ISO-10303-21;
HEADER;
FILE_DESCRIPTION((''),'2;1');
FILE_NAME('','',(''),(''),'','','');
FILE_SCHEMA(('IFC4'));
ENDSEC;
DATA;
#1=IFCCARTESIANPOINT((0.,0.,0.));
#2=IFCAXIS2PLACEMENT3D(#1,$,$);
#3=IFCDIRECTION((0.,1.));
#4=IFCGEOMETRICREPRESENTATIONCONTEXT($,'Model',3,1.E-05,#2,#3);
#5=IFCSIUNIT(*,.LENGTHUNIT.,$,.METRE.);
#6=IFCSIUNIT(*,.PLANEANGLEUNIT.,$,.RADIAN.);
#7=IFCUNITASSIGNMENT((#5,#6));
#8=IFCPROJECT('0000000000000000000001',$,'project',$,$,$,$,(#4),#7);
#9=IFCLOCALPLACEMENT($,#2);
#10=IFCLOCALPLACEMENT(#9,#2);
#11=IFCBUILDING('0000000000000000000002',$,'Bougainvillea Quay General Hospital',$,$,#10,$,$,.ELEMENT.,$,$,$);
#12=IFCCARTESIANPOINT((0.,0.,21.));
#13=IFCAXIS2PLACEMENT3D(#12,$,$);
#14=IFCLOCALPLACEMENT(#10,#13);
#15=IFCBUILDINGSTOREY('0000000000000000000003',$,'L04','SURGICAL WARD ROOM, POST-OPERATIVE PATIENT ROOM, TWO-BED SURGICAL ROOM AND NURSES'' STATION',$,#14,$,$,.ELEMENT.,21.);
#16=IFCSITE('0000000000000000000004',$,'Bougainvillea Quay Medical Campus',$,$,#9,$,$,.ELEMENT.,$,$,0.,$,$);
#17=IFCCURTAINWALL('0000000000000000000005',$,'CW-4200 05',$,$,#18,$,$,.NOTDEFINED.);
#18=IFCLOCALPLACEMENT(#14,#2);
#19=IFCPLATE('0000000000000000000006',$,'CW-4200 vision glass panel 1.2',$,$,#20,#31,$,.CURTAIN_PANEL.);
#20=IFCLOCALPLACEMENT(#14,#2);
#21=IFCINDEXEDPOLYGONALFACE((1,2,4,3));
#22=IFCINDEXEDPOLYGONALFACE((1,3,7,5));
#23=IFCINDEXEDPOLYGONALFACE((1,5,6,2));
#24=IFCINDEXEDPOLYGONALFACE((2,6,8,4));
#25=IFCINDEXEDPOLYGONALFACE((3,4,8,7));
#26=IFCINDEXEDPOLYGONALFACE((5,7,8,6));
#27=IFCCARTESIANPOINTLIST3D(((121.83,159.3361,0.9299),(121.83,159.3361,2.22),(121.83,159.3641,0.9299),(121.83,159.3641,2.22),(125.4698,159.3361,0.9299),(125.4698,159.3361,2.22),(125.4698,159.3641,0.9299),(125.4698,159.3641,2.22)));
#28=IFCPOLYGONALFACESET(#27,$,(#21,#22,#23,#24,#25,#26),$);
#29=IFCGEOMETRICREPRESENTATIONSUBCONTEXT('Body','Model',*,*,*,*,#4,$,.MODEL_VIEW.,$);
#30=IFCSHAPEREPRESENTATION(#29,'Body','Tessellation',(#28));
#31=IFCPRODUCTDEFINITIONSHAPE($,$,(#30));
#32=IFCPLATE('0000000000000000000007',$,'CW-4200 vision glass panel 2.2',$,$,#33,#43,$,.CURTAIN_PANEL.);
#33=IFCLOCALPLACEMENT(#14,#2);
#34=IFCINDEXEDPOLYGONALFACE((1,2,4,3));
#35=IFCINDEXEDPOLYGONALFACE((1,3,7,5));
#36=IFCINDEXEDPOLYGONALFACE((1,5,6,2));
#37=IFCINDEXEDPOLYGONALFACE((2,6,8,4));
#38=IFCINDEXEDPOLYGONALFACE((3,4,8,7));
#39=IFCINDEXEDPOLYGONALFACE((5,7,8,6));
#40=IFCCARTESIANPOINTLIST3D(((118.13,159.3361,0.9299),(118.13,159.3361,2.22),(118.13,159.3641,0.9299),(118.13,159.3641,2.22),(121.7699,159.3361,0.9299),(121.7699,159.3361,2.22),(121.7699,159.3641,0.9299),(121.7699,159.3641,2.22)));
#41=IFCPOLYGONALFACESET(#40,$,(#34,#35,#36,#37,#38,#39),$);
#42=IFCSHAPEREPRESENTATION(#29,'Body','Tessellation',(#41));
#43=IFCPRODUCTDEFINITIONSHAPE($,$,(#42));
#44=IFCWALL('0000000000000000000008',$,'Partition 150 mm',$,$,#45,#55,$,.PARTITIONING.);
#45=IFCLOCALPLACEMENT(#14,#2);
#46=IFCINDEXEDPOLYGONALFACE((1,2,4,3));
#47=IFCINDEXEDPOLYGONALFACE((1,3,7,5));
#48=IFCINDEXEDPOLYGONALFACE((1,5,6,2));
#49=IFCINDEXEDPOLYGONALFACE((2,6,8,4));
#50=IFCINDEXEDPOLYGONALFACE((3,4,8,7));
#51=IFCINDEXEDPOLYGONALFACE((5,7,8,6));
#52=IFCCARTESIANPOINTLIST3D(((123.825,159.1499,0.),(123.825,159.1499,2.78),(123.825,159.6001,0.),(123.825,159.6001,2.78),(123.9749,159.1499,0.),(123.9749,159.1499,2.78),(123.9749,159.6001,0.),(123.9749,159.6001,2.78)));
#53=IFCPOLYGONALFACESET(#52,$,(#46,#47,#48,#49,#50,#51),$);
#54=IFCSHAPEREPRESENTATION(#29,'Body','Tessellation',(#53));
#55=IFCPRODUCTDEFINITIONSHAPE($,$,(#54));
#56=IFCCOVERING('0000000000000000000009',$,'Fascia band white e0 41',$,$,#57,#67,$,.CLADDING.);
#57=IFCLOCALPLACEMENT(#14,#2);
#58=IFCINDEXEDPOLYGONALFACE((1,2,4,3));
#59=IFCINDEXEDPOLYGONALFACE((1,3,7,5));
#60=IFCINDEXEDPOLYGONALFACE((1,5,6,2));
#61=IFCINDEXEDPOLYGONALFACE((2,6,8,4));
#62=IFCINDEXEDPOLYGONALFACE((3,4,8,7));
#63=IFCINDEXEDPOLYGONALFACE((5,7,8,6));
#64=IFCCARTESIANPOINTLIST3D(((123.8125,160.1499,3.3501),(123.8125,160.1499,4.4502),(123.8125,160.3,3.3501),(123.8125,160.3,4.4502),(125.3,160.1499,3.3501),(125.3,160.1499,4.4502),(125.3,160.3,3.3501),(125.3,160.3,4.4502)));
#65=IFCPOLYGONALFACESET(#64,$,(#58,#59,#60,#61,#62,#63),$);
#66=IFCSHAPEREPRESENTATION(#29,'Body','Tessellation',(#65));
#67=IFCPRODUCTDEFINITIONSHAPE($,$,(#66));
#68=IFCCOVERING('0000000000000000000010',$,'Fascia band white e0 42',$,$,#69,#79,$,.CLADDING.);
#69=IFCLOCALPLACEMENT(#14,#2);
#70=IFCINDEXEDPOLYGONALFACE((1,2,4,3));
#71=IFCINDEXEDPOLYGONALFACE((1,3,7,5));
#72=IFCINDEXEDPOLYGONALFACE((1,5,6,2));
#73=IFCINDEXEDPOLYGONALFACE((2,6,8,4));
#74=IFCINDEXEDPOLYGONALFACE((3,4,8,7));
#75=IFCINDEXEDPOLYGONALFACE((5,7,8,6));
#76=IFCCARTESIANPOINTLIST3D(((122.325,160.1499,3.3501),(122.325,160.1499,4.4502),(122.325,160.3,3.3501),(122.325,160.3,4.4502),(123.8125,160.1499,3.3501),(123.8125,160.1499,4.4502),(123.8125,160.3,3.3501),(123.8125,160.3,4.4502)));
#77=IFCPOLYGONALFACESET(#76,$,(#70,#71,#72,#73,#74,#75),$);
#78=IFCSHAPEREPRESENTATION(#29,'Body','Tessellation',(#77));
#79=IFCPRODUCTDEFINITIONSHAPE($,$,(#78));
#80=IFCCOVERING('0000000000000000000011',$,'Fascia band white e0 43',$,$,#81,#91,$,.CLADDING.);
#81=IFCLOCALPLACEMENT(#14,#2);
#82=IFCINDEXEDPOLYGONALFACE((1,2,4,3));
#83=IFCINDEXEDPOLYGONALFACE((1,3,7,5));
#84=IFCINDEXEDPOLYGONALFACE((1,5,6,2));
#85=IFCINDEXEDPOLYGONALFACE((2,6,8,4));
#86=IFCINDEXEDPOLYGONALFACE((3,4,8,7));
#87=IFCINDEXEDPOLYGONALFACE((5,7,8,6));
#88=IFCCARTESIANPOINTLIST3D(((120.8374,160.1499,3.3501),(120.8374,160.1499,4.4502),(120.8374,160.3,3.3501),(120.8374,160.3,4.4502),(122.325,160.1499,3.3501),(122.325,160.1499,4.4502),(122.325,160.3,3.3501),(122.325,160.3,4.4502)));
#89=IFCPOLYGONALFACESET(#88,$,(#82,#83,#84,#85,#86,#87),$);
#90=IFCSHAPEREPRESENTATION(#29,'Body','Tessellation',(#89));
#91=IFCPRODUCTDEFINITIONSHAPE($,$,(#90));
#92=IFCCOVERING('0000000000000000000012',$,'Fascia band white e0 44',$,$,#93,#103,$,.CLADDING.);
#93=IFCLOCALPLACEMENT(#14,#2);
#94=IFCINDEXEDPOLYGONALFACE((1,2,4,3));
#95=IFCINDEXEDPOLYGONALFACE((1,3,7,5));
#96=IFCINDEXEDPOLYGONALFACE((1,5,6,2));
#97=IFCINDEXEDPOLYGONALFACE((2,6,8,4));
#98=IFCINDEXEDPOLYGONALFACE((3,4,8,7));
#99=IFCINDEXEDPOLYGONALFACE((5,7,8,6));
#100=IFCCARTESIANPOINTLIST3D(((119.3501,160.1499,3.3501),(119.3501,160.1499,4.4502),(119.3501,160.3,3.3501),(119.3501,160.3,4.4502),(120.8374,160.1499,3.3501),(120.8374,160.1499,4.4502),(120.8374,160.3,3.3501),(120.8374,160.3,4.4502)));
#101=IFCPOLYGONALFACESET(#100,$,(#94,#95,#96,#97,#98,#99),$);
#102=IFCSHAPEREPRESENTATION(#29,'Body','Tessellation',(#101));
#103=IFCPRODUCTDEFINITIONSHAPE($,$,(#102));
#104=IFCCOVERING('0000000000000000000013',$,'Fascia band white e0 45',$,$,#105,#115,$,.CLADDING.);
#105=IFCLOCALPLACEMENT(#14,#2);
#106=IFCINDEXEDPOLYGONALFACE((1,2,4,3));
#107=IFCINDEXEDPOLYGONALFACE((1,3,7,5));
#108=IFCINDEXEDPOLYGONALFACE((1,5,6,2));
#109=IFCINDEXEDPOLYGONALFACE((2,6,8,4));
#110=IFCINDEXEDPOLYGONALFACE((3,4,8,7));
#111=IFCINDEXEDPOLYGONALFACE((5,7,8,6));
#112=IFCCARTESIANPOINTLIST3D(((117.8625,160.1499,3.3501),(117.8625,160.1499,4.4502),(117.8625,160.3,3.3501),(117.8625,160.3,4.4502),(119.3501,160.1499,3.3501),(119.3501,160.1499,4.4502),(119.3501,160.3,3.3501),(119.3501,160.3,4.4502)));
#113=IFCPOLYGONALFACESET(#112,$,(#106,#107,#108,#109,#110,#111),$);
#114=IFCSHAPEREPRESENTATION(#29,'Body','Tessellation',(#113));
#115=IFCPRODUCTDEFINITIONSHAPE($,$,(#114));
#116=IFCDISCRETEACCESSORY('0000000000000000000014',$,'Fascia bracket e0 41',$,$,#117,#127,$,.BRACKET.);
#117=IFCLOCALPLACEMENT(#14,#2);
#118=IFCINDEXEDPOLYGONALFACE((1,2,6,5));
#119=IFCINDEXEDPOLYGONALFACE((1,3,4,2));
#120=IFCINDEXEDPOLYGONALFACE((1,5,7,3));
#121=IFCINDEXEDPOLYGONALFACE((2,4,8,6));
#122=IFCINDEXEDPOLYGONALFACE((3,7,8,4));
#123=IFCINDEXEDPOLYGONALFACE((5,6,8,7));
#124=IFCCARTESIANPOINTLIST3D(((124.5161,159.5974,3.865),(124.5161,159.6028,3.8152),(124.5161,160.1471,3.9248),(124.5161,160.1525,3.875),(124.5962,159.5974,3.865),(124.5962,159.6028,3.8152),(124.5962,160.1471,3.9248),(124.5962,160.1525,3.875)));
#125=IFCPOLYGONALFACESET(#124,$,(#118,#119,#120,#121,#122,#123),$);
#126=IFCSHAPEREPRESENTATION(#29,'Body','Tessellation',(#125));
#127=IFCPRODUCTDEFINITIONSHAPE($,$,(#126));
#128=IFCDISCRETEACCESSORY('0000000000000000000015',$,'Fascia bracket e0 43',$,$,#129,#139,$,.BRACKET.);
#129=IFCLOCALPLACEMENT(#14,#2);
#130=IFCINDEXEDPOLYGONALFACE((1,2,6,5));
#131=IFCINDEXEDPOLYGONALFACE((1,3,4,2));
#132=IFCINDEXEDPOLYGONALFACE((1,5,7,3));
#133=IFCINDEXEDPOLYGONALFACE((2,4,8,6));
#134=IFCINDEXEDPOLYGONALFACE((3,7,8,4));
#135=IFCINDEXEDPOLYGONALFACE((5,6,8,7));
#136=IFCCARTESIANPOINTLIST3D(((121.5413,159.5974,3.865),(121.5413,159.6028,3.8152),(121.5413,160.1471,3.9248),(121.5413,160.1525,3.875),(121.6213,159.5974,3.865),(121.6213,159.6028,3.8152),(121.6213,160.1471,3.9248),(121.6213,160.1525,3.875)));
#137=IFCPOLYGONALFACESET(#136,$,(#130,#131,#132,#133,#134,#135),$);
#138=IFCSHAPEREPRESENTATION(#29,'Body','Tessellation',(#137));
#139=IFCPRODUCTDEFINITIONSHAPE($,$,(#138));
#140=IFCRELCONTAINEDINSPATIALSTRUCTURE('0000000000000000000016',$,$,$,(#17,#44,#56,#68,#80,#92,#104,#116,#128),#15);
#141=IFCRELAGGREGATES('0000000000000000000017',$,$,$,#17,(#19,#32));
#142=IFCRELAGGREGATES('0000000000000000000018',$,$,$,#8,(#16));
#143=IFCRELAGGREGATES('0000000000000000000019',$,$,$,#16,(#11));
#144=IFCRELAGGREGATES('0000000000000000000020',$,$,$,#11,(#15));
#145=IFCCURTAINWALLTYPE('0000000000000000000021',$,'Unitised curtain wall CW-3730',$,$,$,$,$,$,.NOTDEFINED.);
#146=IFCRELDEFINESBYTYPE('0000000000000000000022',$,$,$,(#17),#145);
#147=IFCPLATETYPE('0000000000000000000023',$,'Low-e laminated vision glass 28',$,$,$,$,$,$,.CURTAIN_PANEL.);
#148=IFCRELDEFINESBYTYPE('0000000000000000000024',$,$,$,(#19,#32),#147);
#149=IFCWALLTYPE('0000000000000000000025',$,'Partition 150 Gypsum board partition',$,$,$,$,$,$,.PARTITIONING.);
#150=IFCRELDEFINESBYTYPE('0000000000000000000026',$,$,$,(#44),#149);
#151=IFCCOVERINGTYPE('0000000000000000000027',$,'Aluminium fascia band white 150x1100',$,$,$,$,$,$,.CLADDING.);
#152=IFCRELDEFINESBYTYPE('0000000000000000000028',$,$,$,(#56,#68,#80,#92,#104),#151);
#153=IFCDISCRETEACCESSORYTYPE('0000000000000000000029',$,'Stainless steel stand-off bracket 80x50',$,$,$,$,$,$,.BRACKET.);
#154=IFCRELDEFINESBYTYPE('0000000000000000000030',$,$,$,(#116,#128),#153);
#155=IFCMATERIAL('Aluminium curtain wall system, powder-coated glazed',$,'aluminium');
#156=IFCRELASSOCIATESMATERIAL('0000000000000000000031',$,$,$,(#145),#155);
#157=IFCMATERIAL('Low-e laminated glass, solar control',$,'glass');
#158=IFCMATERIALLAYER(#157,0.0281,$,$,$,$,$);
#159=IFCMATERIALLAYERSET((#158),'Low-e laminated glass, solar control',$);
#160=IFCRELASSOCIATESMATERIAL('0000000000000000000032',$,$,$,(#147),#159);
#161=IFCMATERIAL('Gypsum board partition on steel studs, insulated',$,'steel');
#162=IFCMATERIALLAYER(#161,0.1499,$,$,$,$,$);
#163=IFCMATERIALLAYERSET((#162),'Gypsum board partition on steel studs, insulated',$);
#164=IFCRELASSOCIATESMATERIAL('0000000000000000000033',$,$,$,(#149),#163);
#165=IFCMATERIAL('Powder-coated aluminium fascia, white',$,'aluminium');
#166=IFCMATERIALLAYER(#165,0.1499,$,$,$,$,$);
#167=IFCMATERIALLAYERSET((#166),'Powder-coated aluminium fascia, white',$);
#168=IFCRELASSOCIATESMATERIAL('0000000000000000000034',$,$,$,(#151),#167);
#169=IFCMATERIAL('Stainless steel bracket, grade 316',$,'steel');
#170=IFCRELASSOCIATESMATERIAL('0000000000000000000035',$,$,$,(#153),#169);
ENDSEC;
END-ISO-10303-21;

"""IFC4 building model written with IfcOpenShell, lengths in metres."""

from ifc_helpers import new_model, si_unit, direction, frame, frame_2d, origin, origin_2d, place, context, subcontext, project, spatial, polyline, rectangle, outline, extrude, material, layer, layer_set, material_profile, profile_set, type_object, element, aggregate, save


model = new_model("IFC4")

# Units and contexts
model_context = context("Model", 3, precision=1e-05, world=origin(), true_north=direction((0.0, 1.0)))
body_context = subcontext(model_context, "Body", "Model", "MODEL_VIEW")
ifc_project = project(units=[si_unit("LENGTHUNIT", "METRE"), si_unit("PLANEANGLEUNIT", "RADIAN")], contexts=[model_context])

# Site, building, storey
site_placement = place(None, origin())
site = spatial("IfcSite", under=ifc_project, at=site_placement, Name="Bougainvillea Quay Medical Campus", CompositionType="ELEMENT", RefElevation=0.0)
building_placement = place(site_placement, origin())
building = spatial("IfcBuilding", under=site, at=building_placement, Name="Bougainvillea Quay General Hospital", CompositionType="ELEMENT")
storey_placement = place(building_placement, frame((0.0, 0.0, 21.0)))
storey = spatial("IfcBuildingStorey", under=building, at=storey_placement, Name="L04", Description="SURGICAL WARD ROOM, POST-OPERATIVE PATIENT ROOM, TWO-BED SURGICAL ROOM AND NURSES' STATION", CompositionType="ELEMENT", Elevation=21.0)

# Curtain wall, plates
ifc_material_1 = material(Name="Aluminium curtain wall system, powder-coated glazed", Category="aluminium")
curtain_wall_type = type_object("IfcCurtainWallType", Name="Unitised curtain wall CW-3730", PredefinedType="NOTDEFINED", material=ifc_material_1)
curtain_wall_placement = place(storey_placement, origin())
curtain_wall = element("IfcCurtainWall", 1, at=curtain_wall_placement, inside=storey, type_object=curtain_wall_type, Name="CW-4200 05", PredefinedType="NOTDEFINED")
ifc_material_2 = material(Name="Low-e laminated glass, solar control", Category="glass")
ifc_layer_1 = layer(ifc_material_2, 0.0281)
ifc_layer_set_1 = layer_set([ifc_layer_1], Name="Low-e laminated glass, solar control")
plate_type_1 = type_object("IfcPlateType", Name="Low-e laminated vision glass 28", PredefinedType="CURTAIN_PANEL", material=ifc_layer_set_1)
plate_1_placement = place(storey_placement, frame((123.6499, 159.3501, 0.9299), z_axis=(0.0, 0.0, 1.0), x_axis=(-1.0, 0.0, 0.0)))
plate_1 = element("IfcPlate", 2, at=plate_1_placement, type_object=plate_type_1, Name="CW-4200 vision glass panel 1.2", PredefinedType="CURTAIN_PANEL", context=body_context, shape_type="SweptSolid", body=[
    extrude(rectangle(XDim=3.6399, YDim=0.0281, at=origin_2d()), origin(), (0.0, 0.0, 1.0), 1.29),
])
plate_2_placement = place(storey_placement, frame((119.95, 159.3501, 0.9299), z_axis=(0.0, 0.0, 1.0), x_axis=(-1.0, 0.0, 0.0)))
plate_2 = element("IfcPlate", 3, at=plate_2_placement, type_object=plate_type_1, Name="CW-4200 vision glass panel 2.2", PredefinedType="CURTAIN_PANEL", context=body_context, shape_type="SweptSolid", body=[
    extrude(rectangle(XDim=3.6399, YDim=0.0281, at=origin_2d()), origin(), (0.0, 0.0, 1.0), 1.29),
])
aggregate(curtain_wall, [plate_1, plate_2])

# Wall
ifc_material_3 = material(Name="Gypsum board partition on steel studs, insulated", Category="steel")
ifc_layer_2 = layer(ifc_material_3, 0.1499)
ifc_layer_set_2 = layer_set([ifc_layer_2], Name="Gypsum board partition on steel studs, insulated")
wall_type = type_object("IfcWallType", Name="Partition 150 Gypsum board partition", PredefinedType="PARTITIONING", material=ifc_layer_set_2)
wall_placement = place(storey_placement, frame((123.8999, 159.1499, 0.0), z_axis=(0.0, 0.0, 1.0), x_axis=(0.0, 1.0, 0.0)))
element("IfcWall", 4, at=wall_placement, inside=storey, type_object=wall_type, Name="Partition 150 mm", PredefinedType="PARTITIONING", context=body_context, shape_type="SweptSolid", body=[
    extrude(rectangle(XDim=0.4502, YDim=0.1499, at=frame_2d((0.2251, 0.0))), origin(), (0.0, 0.0, 1.0), 2.78),
])

# Coverings
ifc_material_4 = material(Name="Powder-coated aluminium fascia, white", Category="aluminium")
ifc_layer_3 = layer(ifc_material_4, 0.1499)
ifc_layer_set_3 = layer_set([ifc_layer_3], Name="Powder-coated aluminium fascia, white")
covering_type = type_object("IfcCoveringType", Name="Aluminium fascia band white 150x1100", PredefinedType="CLADDING", material=ifc_layer_set_3)
for number, where, z_axis, x_axis, name in (
    (5, (125.3, 160.1499, 3.3501), (0.0, 0.0, 1.0), (-1.0, 0.0, 0.0), "Fascia band white e0 41"),
    (6, (123.8125, 160.1499, 3.3501), (0.0, 0.0, 1.0), (-1.0, 0.0, 0.0), "Fascia band white e0 42"),
    (7, (122.325, 160.1499, 3.3501), (0.0, 0.0, 1.0), (-1.0, 0.0, 0.0), "Fascia band white e0 43"),
):
    element("IfcCovering", number, at=place(storey_placement, frame(where, z_axis=z_axis, x_axis=x_axis)), inside=storey, type_object=covering_type, Name=name, PredefinedType="CLADDING", context=body_context, shape_type="SweptSolid", body=[
        extrude(outline(polyline([(0.0, 0.0), (1.4875, 0.0), (1.4875, -0.1501), (0.0, -0.1501), (0.0, 0.0)])), origin(), (0.0, 0.0, 1.0), 1.1001),
    ])
covering_1_placement = place(storey_placement, frame((120.8374, 160.1499, 3.3501), z_axis=(0.0, 0.0, 1.0), x_axis=(-1.0, 0.0, 0.0)))
element("IfcCovering", 8, at=covering_1_placement, inside=storey, type_object=covering_type, Name="Fascia band white e0 44", PredefinedType="CLADDING", context=body_context, shape_type="SweptSolid", body=[
    extrude(outline(polyline([(0.0, 0.0), (1.4873, 0.0), (1.4873, -0.1501), (0.0, -0.1501), (0.0, 0.0)])), origin(), (0.0, 0.0, 1.0), 1.1001),
])
covering_2_placement = place(storey_placement, frame((119.3501, 160.1499, 3.3501), z_axis=(0.0, 0.0, 1.0), x_axis=(-1.0, 0.0, 0.0)))
element("IfcCovering", 9, at=covering_2_placement, inside=storey, type_object=covering_type, Name="Fascia band white e0 45", PredefinedType="CLADDING", context=body_context, shape_type="SweptSolid", body=[
    extrude(outline(polyline([(0.0, 0.0), (1.4875, 0.0), (1.4875, -0.1501), (0.0, -0.1501), (0.0, 0.0)])), origin(), (0.0, 0.0, 1.0), 1.1001),
])

# Discrete accessories
ifc_material_5 = material(Name="Stainless steel bracket, grade 316", Category="steel")
ifc_material_profile_1 = material_profile(ifc_material_5, rectangle(XDim=0.0801, YDim=0.05, at=origin_2d()))
ifc_profile_set_1 = profile_set([ifc_material_profile_1], Name="Stainless steel bracket, grade 316")
discrete_accessory_type = type_object("IfcDiscreteAccessoryType", Name="Stainless steel stand-off bracket 80x50", PredefinedType="BRACKET", material=ifc_profile_set_1)
for number, where, z_axis, x_axis, name in (
    (10, (124.5562, 159.6001, 3.8401), (0.0, 0.994134, 0.108154), (-1.0, 0.0, 0.0), "Fascia bracket e0 41"),
    (11, (121.5813, 159.6001, 3.8401), (0.0, 0.994134, 0.108154), (-1.0, 0.0, 0.0), "Fascia bracket e0 43"),
):
    element("IfcDiscreteAccessory", number, at=place(storey_placement, frame(where, z_axis=z_axis, x_axis=x_axis)), inside=storey, type_object=discrete_accessory_type, Name=name, PredefinedType="BRACKET", context=body_context, shape_type="SweptSolid", body=[
        extrude(rectangle(XDim=0.0801, YDim=0.05, at=origin_2d()), origin(), (0.0, 0.0, 1.0), 0.553),
    ])

save(model, "model.ifc")
